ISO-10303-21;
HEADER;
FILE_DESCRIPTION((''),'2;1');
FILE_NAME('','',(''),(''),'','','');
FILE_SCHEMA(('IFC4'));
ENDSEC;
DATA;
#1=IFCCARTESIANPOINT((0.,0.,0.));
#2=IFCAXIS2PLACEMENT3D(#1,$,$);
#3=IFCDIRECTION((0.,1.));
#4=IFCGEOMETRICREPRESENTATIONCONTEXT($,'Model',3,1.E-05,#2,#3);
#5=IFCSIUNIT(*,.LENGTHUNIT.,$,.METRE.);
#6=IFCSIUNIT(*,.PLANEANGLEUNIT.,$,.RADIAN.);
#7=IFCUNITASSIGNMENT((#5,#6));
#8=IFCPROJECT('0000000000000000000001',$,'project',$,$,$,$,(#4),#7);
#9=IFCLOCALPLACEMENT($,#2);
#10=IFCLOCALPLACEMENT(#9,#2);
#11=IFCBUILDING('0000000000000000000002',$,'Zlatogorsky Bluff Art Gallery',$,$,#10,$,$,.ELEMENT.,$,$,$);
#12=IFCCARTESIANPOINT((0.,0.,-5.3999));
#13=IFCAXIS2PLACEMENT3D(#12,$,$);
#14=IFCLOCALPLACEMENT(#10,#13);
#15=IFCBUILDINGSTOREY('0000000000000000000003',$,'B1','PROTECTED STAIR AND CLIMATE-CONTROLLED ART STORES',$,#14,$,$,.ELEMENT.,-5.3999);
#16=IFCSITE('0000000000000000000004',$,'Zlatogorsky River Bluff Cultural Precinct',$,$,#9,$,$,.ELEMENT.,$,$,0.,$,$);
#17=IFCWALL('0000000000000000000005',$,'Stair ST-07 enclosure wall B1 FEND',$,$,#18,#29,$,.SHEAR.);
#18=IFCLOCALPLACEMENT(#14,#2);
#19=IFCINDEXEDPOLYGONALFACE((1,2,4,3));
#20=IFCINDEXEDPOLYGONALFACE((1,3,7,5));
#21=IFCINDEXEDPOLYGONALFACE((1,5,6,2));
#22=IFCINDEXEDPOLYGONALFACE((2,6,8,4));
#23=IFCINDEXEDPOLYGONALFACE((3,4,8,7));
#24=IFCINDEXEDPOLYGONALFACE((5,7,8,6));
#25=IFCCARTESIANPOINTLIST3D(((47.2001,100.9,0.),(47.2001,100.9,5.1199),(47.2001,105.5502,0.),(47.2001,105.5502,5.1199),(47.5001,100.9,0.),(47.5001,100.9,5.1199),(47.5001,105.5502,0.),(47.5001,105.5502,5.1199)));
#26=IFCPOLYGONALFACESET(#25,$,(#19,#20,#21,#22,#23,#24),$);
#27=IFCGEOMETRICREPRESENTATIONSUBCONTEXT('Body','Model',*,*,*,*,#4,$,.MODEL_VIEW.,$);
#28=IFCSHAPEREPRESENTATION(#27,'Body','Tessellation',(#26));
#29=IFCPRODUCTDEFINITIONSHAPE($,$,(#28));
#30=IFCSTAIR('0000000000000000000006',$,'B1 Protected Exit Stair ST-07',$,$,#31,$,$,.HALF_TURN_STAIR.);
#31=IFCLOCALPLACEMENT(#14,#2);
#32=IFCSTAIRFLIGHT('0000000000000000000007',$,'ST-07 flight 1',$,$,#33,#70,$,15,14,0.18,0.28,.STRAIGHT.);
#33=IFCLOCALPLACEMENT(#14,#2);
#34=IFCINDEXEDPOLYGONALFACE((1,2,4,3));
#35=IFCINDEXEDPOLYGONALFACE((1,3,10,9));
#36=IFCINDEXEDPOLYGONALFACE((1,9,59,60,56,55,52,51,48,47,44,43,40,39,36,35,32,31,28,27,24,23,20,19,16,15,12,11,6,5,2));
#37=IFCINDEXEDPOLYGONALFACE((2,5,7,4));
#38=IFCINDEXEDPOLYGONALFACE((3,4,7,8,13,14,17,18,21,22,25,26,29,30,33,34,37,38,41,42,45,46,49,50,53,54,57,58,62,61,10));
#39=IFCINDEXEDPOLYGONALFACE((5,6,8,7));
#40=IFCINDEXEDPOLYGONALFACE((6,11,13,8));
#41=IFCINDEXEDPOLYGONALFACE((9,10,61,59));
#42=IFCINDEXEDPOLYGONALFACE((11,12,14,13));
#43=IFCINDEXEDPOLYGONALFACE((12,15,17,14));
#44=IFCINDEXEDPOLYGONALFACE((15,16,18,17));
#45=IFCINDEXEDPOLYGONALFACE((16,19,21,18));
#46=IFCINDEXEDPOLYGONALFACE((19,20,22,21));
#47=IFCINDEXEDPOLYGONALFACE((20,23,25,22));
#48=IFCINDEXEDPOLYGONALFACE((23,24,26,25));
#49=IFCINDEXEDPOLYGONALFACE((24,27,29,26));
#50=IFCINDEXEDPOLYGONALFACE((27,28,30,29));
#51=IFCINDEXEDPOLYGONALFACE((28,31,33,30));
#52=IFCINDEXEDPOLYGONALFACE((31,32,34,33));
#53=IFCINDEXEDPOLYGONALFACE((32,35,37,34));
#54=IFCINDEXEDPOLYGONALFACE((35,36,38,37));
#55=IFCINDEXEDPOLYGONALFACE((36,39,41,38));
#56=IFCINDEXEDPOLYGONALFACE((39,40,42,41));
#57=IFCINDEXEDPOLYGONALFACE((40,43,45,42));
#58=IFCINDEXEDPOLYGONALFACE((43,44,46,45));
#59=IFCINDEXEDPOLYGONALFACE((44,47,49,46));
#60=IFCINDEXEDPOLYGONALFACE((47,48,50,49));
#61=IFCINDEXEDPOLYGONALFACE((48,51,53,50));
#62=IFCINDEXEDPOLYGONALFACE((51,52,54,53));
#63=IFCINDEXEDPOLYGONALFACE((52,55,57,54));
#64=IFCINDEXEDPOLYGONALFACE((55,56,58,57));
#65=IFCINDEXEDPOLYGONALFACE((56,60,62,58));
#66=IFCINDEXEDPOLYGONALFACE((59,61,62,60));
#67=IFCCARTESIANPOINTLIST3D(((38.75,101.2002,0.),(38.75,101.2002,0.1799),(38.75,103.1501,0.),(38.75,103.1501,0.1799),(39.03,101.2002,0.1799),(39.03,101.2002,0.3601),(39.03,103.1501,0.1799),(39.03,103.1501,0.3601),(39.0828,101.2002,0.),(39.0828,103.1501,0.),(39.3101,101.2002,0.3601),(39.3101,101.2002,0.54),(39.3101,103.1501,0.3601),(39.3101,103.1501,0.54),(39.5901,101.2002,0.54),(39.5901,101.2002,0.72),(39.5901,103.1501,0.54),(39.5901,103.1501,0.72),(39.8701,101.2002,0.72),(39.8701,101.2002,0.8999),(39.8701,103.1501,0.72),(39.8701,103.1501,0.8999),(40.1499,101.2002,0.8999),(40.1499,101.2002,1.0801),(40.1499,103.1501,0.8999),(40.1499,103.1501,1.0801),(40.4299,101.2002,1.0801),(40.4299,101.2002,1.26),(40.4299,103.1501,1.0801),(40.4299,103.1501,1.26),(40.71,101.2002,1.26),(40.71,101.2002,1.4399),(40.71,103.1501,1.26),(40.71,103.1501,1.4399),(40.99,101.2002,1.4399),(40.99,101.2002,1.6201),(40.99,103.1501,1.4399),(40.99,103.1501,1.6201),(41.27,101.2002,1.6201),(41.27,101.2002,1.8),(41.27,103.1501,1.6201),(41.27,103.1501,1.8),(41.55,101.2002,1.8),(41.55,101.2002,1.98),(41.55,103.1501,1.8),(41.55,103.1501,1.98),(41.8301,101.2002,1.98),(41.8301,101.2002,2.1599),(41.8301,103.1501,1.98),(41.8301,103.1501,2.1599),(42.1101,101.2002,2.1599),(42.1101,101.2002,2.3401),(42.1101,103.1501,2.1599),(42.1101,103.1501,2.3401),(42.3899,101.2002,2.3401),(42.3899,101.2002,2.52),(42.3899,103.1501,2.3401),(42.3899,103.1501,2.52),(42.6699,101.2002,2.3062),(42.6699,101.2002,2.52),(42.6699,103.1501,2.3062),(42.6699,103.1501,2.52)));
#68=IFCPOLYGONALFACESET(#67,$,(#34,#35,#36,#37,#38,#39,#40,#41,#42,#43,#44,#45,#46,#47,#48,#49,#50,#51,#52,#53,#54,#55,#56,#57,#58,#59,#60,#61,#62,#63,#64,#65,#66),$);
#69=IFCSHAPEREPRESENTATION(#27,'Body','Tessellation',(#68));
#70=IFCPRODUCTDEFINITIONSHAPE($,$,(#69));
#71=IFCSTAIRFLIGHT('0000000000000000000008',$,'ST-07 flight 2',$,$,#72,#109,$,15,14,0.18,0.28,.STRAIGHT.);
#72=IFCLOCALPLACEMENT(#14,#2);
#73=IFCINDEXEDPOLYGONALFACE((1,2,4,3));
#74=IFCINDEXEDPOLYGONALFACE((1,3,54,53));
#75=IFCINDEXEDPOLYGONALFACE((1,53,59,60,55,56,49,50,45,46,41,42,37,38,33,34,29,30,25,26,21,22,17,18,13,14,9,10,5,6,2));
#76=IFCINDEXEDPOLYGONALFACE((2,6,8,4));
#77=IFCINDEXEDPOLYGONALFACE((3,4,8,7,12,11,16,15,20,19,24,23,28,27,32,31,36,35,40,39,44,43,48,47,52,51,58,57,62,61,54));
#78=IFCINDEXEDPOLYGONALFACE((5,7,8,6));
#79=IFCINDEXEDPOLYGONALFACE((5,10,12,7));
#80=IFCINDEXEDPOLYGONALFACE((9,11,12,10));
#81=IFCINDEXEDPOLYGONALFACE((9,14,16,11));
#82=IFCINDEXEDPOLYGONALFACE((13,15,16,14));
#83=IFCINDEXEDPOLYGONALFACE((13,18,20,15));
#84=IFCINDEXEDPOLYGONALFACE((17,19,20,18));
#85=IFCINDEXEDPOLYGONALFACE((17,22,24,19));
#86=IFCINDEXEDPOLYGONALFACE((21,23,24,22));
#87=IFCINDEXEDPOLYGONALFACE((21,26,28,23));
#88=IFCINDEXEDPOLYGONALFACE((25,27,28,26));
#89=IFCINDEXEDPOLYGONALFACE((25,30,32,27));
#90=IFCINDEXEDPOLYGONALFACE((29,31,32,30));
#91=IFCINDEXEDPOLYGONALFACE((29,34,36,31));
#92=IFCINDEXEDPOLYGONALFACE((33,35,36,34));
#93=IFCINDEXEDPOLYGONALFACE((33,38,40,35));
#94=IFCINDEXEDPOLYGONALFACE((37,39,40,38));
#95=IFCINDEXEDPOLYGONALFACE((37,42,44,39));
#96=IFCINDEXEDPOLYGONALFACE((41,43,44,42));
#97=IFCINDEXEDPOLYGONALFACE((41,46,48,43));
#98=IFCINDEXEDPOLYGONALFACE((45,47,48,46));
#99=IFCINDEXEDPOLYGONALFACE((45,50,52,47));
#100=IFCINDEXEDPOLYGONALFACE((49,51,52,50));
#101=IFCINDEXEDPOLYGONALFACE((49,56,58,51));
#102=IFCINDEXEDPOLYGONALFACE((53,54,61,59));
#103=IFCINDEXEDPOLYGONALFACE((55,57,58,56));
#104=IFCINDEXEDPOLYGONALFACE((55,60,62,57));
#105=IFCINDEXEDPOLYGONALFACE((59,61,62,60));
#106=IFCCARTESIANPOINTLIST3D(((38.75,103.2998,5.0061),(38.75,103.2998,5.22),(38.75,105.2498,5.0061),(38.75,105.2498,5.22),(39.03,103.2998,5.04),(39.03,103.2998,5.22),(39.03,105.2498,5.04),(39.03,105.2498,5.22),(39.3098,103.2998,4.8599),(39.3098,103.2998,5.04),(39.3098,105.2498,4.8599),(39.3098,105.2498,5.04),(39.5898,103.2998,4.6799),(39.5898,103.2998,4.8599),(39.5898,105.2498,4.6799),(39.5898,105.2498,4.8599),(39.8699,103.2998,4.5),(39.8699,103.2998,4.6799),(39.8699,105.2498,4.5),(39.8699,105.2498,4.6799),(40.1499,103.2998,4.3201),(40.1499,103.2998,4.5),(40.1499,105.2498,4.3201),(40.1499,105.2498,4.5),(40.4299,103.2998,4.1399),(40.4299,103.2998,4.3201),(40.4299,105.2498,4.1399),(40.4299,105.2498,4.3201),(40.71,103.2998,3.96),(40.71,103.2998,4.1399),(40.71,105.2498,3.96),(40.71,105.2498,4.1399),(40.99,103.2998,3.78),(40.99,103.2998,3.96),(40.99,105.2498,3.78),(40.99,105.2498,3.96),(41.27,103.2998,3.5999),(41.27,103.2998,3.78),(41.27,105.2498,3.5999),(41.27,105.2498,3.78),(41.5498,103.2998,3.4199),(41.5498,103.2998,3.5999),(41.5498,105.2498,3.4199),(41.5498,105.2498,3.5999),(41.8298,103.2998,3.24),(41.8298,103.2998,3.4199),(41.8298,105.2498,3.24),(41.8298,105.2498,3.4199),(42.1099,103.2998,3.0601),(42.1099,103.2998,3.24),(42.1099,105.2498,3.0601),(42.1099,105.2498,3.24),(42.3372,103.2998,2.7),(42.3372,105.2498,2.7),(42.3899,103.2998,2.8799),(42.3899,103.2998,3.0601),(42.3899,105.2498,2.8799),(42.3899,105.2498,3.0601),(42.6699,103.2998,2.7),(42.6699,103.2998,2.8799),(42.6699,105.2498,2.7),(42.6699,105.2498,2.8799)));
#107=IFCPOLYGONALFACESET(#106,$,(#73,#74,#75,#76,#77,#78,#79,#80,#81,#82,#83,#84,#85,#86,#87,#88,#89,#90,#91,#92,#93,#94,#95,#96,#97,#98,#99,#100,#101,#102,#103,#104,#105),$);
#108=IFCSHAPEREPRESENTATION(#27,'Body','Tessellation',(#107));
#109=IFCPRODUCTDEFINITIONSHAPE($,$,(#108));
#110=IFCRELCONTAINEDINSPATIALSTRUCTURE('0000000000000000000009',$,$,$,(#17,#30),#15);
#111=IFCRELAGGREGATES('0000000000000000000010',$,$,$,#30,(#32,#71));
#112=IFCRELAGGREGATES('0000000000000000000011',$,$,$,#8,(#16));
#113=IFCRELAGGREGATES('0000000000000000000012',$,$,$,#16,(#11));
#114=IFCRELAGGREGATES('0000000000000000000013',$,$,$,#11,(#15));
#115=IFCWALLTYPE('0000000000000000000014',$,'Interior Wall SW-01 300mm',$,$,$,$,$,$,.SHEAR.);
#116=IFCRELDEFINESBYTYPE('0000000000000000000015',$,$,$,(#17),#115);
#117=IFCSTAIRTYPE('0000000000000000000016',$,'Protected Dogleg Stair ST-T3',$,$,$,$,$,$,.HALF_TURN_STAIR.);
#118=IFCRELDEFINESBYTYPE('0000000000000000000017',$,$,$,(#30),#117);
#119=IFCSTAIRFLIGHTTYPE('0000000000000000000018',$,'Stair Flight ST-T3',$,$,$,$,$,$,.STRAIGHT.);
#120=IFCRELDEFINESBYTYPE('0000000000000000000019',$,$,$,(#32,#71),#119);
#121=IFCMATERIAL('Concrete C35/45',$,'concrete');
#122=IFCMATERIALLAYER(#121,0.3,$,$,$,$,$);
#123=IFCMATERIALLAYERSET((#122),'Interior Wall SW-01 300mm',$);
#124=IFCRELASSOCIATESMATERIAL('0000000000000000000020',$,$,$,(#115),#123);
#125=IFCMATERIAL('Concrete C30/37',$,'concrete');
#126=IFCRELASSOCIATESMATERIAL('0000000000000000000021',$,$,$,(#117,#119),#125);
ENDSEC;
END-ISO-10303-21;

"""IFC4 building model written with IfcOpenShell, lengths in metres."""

from ifc_helpers import new_model, si_unit, direction, frame, frame_2d, origin, place, context, subcontext, project, spatial, polyline, rectangle, outline, extrude, material, layer, layer_set, type_object, element, aggregate, save


model = new_model("IFC4")

# Units and contexts
model_context = context("Model", 3, precision=1e-05, world=origin(), true_north=direction((0.0, 1.0)))
body_context = subcontext(model_context, "Body", "Model", "MODEL_VIEW")
ifc_project = project(units=[si_unit("LENGTHUNIT", "METRE"), si_unit("PLANEANGLEUNIT", "RADIAN")], contexts=[model_context])

# Site, building, storey
site_placement = place(None, origin())
site = spatial("IfcSite", under=ifc_project, at=site_placement, Name="Zlatogorsky River Bluff Cultural Precinct", CompositionType="ELEMENT", RefElevation=0.0)
building_placement = place(site_placement, origin())
building = spatial("IfcBuilding", under=site, at=building_placement, Name="Zlatogorsky Bluff Art Gallery", CompositionType="ELEMENT")
storey_placement = place(building_placement, frame((0.0, 0.0, -5.3999)))
storey = spatial("IfcBuildingStorey", under=building, at=storey_placement, Name="B1", Description="PROTECTED STAIR AND CLIMATE-CONTROLLED ART STORES", CompositionType="ELEMENT", Elevation=-5.3999)

# Shared definitions
ifc_material_1 = material(Name="Concrete C35/45", Category="concrete")

# Wall
ifc_layer_1 = layer(ifc_material_1, 0.3)
ifc_layer_set_1 = layer_set([ifc_layer_1], Name="Interior Wall SW-01 300mm")
wall_type_1 = type_object("IfcWallType", Name="Interior Wall SW-01 300mm", PredefinedType="SHEAR", material=ifc_layer_set_1)
wall_1_placement = place(storey_placement, frame((47.3501, 100.8999, 0.0), z_axis=(0.0, 0.0, 1.0), x_axis=(0.0, 1.0, 0.0)))
element("IfcWall", 1, at=wall_1_placement, inside=storey, type_object=wall_type_1, Name="Stair ST-07 enclosure wall B1 FEND", PredefinedType="SHEAR", context=body_context, shape_type="SweptSolid", body=[
    extrude(rectangle(XDim=4.6501, YDim=0.3, at=frame_2d((2.3252, 0.0))), origin(), (0.0, 0.0, 1.0), 5.1199),
])

# Stair, stair flights
ifc_material_2 = material(Name="Concrete C30/37", Category="concrete")
stair_type = type_object("IfcStairType", Name="Protected Dogleg Stair ST-T3", PredefinedType="HALF_TURN_STAIR", material=ifc_material_2)
stair_placement = place(storey_placement, origin())
stair = element("IfcStair", 2, at=stair_placement, inside=storey, type_object=stair_type, Name="B1 Protected Exit Stair ST-07", PredefinedType="HALF_TURN_STAIR")
stair_flight_type = type_object("IfcStairFlightType", Name="Stair Flight ST-T3", PredefinedType="STRAIGHT", material=ifc_material_2)
stair_flight_1_placement = place(storey_placement, frame((38.75, 102.175, 0.0), z_axis=(0.0, 0.0, 1.0), x_axis=(1.0, 0.0, 0.0)))
stair_flight_1 = element("IfcStairFlight", 3, at=stair_flight_1_placement, type_object=stair_flight_type, Name="ST-07 flight 1", NumberOfRisers=15, NumberOfTreads=14, PredefinedType="STRAIGHT", RiserHeight=0.18, TreadLength=0.28, context=body_context, shape_type="SweptSolid", body=[
    extrude(outline(polyline([(0.0, 0.0), (0.0, 0.1799), (0.28, 0.1799), (0.28, 0.3601), (0.5601, 0.3601), (0.5601, 0.54), (0.8401, 0.54), (0.8401, 0.72), (1.1201, 0.72), (1.1201, 0.8999), (1.3999, 0.8999), (1.3999, 1.0801), (1.6799, 1.0801), (1.6799, 1.26), (1.96, 1.26), (1.96, 1.4399), (2.24, 1.4399), (2.24, 1.6201), (2.52, 1.6201), (2.52, 1.8), (2.8, 1.8), (2.8, 1.98), (3.0801, 1.98), (3.0801, 2.1599), (3.3601, 2.1599), (3.3601, 2.3401), (3.6399, 2.3401), (3.6399, 2.52), (3.9199, 2.52), (3.9199, 2.7), (3.9199, 2.3062), (0.3328, 0.0), (0.0, 0.0)])), frame((0.0, 0.9751, 0.0), z_axis=(0.0, -1.0, 0.0), x_axis=(1.0, 0.0, 0.0)), (0.0, 0.0, 1.0), 1.95),
])
stair_flight_2_placement = place(storey_placement, frame((42.6699, 104.2749, 2.7), z_axis=(0.0, 0.0, 1.0), x_axis=(-1.0, 0.0, 0.0)))
stair_flight_2 = element("IfcStairFlight", 4, at=stair_flight_2_placement, type_object=stair_flight_type, Name="ST-07 flight 2", NumberOfRisers=15, NumberOfTreads=14, PredefinedType="STRAIGHT", RiserHeight=0.18, TreadLength=0.28, context=body_context, shape_type="SweptSolid", body=[
    extrude(outline(polyline([(0.0, 0.0), (0.0, 0.1799), (0.28, 0.1799), (0.28, 0.3601), (0.5601, 0.3601), (0.5601, 0.54), (0.8401, 0.54), (0.8401, 0.72), (1.1201, 0.72), (1.1201, 0.8999), (1.3999, 0.8999), (1.3999, 1.0801), (1.6799, 1.0801), (1.6799, 1.26), (1.96, 1.26), (1.96, 1.4399), (2.24, 1.4399), (2.24, 1.6201), (2.52, 1.6201), (2.52, 1.8), (2.8, 1.8), (2.8, 1.98), (3.0801, 1.98), (3.0801, 2.1599), (3.3601, 2.1599), (3.3601, 2.3401), (3.6399, 2.3401), (3.6399, 2.52), (3.9199, 2.52), (3.9199, 2.7), (3.9199, 2.3062), (0.3328, 0.0), (0.0, 0.0)])), frame((0.0, 0.9751, 0.0), z_axis=(0.0, -1.0, 0.0), x_axis=(1.0, 0.0, 0.0)), (0.0, 0.0, 1.0), 1.95),
])
aggregate(stair, [stair_flight_1, stair_flight_2])

save(model, "model.ifc")
